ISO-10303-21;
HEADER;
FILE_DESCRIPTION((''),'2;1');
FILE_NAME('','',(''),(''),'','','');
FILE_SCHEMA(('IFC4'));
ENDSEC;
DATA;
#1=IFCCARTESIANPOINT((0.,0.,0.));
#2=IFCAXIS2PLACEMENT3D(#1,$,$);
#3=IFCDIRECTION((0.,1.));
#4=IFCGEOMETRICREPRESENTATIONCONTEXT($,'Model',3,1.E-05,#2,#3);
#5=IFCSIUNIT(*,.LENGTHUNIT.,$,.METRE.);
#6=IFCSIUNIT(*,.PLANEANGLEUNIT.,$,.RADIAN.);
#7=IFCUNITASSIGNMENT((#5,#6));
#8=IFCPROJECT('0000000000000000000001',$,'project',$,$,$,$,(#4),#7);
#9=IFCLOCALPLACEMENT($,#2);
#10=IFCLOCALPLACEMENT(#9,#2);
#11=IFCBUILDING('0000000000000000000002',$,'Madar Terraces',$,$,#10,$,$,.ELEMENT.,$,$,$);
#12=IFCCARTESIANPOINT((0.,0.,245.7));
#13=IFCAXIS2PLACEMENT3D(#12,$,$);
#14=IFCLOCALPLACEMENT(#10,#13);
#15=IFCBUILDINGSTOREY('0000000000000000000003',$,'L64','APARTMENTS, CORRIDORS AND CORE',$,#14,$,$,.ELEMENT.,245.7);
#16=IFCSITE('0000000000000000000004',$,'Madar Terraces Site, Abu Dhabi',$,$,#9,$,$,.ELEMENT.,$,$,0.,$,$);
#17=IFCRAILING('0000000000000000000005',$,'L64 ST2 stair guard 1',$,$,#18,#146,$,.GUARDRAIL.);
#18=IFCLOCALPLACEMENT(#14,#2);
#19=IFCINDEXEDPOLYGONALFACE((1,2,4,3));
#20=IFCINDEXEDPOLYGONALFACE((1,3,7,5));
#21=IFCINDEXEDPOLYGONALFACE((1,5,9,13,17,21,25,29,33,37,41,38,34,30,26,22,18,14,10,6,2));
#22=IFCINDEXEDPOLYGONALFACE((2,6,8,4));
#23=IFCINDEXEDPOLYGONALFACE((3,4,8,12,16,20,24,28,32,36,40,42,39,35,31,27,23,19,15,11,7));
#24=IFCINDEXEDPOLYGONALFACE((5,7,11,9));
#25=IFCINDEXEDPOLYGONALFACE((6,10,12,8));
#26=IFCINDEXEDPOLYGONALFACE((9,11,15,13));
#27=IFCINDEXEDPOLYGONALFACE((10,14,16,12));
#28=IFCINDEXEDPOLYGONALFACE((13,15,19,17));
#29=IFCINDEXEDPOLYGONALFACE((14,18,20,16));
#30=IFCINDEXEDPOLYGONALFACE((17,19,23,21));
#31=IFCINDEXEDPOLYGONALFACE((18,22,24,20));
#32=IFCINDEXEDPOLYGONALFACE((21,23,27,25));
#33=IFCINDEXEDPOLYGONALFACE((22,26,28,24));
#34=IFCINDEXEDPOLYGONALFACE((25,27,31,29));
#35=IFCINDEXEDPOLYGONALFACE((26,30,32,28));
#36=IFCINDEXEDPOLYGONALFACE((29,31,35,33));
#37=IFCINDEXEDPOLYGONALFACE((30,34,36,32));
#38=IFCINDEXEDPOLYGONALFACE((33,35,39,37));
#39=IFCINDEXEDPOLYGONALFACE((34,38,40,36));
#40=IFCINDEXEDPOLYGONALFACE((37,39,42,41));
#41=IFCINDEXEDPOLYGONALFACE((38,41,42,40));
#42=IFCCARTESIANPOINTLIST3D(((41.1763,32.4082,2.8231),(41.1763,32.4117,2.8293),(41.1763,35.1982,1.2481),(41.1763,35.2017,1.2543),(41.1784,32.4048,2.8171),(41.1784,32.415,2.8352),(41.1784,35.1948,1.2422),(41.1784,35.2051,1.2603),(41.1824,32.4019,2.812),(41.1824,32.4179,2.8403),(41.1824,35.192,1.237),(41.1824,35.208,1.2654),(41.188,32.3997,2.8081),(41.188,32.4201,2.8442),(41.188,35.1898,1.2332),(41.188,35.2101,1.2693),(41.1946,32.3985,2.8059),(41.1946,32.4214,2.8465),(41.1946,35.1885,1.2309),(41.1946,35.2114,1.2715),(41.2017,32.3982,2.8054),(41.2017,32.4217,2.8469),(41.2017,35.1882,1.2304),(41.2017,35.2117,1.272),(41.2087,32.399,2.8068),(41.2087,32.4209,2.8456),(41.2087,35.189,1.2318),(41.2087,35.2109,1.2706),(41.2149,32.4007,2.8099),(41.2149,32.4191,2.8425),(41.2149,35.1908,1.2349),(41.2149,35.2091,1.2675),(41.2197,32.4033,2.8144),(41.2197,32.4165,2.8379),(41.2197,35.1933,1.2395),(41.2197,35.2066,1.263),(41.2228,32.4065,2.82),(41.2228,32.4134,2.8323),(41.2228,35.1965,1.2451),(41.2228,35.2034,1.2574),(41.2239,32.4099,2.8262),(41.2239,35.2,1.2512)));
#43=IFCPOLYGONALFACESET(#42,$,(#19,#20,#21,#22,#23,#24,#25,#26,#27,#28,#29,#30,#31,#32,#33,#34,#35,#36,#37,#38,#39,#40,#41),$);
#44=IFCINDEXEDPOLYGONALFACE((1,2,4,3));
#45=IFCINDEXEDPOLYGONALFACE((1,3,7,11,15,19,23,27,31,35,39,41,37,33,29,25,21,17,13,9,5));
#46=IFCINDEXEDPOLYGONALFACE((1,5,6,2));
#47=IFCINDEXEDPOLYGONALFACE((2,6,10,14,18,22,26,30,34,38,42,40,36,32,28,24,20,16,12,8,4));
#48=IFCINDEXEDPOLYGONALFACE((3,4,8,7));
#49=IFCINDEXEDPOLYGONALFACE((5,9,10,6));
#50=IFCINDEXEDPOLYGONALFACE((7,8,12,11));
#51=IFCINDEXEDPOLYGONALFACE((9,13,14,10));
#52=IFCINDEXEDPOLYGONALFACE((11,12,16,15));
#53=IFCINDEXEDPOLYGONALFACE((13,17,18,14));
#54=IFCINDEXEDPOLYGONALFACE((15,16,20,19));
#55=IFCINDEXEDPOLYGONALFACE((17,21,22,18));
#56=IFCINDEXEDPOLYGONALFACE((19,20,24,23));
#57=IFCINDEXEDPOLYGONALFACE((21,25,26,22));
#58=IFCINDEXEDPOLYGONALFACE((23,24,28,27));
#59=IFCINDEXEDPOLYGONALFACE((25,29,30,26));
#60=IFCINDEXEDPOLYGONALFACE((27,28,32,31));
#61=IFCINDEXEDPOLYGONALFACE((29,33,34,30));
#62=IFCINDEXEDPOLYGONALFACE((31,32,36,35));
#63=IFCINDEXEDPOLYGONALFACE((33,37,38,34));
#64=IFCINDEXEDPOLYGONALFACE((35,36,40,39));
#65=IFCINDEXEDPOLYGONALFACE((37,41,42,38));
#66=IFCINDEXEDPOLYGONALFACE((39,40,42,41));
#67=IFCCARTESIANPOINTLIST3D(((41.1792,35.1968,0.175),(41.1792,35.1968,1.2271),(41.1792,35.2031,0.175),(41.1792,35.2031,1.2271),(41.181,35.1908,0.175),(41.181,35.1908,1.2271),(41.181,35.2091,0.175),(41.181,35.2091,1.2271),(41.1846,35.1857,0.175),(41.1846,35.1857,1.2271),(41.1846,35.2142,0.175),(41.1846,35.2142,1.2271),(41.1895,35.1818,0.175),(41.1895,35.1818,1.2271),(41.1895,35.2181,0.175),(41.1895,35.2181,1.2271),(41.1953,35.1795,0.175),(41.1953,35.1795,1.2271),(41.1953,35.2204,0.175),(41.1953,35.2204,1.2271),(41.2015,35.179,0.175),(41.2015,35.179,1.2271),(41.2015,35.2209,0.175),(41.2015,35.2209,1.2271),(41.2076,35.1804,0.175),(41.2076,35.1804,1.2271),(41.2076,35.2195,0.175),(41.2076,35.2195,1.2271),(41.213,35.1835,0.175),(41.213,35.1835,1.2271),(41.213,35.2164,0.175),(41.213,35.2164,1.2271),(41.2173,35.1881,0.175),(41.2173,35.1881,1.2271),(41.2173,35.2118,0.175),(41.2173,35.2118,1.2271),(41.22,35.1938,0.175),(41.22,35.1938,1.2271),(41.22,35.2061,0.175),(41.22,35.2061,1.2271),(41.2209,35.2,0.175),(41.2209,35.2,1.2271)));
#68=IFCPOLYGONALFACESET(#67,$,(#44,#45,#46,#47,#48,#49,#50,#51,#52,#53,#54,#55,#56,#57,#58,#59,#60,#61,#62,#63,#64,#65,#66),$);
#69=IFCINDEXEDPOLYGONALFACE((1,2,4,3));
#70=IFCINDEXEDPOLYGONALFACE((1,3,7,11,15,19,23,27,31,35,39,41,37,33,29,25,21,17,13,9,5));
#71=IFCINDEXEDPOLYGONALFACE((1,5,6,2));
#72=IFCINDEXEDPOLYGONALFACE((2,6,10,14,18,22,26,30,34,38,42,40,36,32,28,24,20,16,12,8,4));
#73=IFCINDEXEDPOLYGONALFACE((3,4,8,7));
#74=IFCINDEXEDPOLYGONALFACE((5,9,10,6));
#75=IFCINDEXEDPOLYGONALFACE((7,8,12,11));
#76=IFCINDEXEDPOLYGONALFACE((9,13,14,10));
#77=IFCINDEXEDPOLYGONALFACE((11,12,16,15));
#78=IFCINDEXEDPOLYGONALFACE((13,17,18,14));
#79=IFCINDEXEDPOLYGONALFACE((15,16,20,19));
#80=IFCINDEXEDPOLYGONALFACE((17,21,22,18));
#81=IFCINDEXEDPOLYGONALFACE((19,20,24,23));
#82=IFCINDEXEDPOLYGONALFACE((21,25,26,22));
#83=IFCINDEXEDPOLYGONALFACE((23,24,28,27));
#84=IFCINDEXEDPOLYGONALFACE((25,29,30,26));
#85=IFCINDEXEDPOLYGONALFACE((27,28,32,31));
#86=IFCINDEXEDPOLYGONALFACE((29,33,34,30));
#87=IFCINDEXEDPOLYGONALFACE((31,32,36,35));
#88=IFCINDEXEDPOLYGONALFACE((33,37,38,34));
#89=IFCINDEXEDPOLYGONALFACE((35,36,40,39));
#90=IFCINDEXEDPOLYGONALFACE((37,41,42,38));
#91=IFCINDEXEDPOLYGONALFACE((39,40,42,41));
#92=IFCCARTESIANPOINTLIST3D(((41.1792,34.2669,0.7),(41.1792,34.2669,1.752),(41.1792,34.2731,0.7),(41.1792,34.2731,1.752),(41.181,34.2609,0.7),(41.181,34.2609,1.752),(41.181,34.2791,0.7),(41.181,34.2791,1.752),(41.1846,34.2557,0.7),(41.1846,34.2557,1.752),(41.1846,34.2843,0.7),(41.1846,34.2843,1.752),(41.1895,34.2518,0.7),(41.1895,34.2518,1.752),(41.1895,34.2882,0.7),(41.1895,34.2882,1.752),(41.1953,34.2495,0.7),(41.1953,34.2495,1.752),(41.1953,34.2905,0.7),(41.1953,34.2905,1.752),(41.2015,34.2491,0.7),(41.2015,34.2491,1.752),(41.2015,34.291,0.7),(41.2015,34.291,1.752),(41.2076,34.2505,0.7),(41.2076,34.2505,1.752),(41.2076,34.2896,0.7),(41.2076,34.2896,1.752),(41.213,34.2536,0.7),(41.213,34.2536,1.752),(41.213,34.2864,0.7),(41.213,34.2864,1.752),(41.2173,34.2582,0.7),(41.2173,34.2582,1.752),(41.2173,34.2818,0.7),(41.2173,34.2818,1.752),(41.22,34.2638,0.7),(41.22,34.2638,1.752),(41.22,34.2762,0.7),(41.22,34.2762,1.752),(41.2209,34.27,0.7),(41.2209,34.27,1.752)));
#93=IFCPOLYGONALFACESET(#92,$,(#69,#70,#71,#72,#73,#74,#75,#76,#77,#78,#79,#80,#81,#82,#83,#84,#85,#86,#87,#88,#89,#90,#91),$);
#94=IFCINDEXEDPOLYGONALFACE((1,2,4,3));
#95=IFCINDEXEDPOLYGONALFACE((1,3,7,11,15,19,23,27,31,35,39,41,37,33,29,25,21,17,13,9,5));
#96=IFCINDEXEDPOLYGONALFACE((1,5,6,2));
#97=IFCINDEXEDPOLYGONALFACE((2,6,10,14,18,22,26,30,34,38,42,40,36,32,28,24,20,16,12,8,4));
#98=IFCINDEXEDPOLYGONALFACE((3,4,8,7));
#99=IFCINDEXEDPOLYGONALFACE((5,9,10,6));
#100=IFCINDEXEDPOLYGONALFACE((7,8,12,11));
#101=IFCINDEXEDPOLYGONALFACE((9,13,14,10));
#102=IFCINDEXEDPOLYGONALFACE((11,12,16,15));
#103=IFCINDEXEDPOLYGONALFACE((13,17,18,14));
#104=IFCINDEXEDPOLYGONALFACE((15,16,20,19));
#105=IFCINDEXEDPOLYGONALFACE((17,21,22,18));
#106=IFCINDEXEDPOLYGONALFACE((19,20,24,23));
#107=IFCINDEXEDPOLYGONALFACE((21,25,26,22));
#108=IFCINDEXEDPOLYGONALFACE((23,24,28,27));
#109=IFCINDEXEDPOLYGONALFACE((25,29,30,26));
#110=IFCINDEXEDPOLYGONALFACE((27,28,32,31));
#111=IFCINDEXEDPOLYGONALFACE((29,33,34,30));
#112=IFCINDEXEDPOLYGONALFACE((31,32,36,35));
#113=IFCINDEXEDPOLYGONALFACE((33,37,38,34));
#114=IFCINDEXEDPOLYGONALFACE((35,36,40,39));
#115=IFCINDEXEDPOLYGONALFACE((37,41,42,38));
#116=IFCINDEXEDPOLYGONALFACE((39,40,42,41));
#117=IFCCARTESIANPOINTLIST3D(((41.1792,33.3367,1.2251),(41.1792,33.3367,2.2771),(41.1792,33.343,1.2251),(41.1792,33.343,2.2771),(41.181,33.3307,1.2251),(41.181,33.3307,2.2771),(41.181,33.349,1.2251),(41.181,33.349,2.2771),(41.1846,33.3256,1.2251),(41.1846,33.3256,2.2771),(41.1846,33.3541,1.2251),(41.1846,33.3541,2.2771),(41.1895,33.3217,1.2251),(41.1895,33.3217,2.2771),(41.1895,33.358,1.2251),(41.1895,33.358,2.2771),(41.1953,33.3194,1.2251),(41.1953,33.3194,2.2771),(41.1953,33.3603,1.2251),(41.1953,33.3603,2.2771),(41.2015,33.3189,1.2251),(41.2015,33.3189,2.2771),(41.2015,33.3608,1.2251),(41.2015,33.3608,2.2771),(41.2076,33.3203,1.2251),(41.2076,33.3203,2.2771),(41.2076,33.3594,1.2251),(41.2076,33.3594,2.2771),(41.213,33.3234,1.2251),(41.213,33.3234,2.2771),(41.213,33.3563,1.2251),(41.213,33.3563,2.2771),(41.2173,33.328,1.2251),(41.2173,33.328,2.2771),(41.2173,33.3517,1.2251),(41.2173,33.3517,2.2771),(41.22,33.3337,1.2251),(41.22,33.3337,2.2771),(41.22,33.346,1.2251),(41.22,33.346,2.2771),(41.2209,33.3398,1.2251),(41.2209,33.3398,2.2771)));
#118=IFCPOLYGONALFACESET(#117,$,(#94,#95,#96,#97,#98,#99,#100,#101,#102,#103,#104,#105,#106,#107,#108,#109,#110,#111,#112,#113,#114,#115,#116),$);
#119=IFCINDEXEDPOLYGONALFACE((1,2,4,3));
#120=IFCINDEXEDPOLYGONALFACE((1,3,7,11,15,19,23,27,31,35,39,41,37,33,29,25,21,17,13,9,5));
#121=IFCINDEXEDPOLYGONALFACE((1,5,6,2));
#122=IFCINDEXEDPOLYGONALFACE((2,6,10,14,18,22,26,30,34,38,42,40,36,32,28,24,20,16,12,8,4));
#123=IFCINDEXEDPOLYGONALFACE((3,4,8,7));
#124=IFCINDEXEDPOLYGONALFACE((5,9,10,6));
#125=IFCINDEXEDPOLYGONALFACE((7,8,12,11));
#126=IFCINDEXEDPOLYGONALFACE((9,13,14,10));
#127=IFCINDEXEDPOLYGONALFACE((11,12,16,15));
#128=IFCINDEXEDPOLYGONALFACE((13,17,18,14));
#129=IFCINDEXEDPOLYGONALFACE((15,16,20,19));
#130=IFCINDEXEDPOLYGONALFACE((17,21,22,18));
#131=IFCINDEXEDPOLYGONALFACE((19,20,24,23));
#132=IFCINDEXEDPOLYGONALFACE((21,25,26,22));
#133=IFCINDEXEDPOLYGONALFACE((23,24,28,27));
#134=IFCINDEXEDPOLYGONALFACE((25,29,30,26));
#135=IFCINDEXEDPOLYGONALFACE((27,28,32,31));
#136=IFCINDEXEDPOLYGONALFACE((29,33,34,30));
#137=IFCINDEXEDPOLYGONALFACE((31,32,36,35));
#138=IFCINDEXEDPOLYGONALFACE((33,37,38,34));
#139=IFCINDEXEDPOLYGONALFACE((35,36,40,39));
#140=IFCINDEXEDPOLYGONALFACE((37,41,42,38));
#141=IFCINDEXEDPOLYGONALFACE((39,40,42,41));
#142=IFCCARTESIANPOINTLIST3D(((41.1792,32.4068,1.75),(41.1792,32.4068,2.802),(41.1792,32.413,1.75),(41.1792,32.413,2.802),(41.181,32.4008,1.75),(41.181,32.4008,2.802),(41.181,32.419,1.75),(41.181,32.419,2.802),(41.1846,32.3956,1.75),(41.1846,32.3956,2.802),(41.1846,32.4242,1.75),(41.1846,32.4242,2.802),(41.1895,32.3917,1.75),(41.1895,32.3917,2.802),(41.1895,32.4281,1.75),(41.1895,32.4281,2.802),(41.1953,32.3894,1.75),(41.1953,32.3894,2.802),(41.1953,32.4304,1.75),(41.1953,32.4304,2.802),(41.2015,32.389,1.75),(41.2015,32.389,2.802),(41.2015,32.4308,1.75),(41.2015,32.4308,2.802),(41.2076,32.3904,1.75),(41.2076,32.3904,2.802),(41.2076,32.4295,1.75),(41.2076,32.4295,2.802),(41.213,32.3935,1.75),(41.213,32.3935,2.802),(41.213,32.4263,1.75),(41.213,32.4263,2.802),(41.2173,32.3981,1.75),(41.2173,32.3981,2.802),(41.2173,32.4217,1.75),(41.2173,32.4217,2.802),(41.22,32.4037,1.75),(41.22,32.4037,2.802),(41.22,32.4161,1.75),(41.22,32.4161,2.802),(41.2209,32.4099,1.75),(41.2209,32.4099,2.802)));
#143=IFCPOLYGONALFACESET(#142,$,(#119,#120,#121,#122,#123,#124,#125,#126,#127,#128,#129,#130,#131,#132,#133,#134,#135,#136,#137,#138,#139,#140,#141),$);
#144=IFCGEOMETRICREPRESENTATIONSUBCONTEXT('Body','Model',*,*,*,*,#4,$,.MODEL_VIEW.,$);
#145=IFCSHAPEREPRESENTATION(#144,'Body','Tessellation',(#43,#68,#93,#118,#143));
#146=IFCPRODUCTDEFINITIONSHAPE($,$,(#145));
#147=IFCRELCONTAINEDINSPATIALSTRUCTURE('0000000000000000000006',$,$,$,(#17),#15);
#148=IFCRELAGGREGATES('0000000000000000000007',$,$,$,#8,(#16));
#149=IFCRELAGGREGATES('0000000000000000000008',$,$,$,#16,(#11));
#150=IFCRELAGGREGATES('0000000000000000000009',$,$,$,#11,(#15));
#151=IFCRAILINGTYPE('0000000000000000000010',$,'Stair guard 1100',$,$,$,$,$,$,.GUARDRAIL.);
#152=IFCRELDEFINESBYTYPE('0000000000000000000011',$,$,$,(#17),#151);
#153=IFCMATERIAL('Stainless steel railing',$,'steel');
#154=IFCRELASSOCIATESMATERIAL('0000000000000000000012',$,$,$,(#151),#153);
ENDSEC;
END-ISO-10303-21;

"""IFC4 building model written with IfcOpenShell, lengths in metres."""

from ifc_helpers import new_model, si_unit, direction, frame, origin, origin_2d, place, context, subcontext, project, spatial, circle, extrude, material, type_object, element, save


model = new_model("IFC4")

# Units and contexts
model_context = context("Model", 3, precision=1e-05, world=origin(), true_north=direction((0.0, 1.0)))
body_context = subcontext(model_context, "Body", "Model", "MODEL_VIEW")
ifc_project = project(units=[si_unit("LENGTHUNIT", "METRE"), si_unit("PLANEANGLEUNIT", "RADIAN")], contexts=[model_context])

# Site, building, storey
site_placement = place(None, origin())
site = spatial("IfcSite", under=ifc_project, at=site_placement, Name="Madar Terraces Site, Abu Dhabi", CompositionType="ELEMENT", RefElevation=0.0)
building_placement = place(site_placement, origin())
building = spatial("IfcBuilding", under=site, at=building_placement, Name="Madar Terraces", CompositionType="ELEMENT")
storey_placement = place(building_placement, frame((0.0, 0.0, 245.7)))
storey = spatial("IfcBuildingStorey", under=building, at=storey_placement, Name="L64", Description="APARTMENTS, CORRIDORS AND CORE", CompositionType="ELEMENT", Elevation=245.7)

# Railing
ifc_material_1 = material(Name="Stainless steel railing", Category="steel")
railing_type_1 = type_object("IfcRailingType", Name="Stair guard 1100", PredefinedType="GUARDRAIL", material=ifc_material_1)
railing_1_placement = place(storey_placement, frame((41.2, 35.2, 0.175)))
element("IfcRailing", 1, at=railing_1_placement, inside=storey, type_object=railing_type_1, Name="L64 ST2 stair guard 1", PredefinedType="GUARDRAIL", context=body_context, shape_type="SweptSolid", body=[
    extrude(circle(Radius=0.0239, at=origin_2d()), frame((0.0, 0.0, 1.0762), z_axis=(0.0, -0.870834, 0.491578), x_axis=(1.0, 0.0, 0.0)), (0.0, 0.0, 1.0), 3.2039),
    extrude(circle(Radius=0.021, at=origin_2d()), origin(), (0.0, 0.0, 1.0), 1.052),
    extrude(circle(Radius=0.021, at=origin_2d()), frame((0.0, -0.9299, 0.5249)), (0.0, 0.0, 1.0), 1.052),
    extrude(circle(Radius=0.021, at=origin_2d()), frame((0.0, -1.8601, 1.05)), (0.0, 0.0, 1.0), 1.052),
    extrude(circle(Radius=0.021, at=origin_2d()), frame((0.0, -2.79, 1.575)), (0.0, 0.0, 1.0), 1.052),
])

save(model, "model.ifc")
